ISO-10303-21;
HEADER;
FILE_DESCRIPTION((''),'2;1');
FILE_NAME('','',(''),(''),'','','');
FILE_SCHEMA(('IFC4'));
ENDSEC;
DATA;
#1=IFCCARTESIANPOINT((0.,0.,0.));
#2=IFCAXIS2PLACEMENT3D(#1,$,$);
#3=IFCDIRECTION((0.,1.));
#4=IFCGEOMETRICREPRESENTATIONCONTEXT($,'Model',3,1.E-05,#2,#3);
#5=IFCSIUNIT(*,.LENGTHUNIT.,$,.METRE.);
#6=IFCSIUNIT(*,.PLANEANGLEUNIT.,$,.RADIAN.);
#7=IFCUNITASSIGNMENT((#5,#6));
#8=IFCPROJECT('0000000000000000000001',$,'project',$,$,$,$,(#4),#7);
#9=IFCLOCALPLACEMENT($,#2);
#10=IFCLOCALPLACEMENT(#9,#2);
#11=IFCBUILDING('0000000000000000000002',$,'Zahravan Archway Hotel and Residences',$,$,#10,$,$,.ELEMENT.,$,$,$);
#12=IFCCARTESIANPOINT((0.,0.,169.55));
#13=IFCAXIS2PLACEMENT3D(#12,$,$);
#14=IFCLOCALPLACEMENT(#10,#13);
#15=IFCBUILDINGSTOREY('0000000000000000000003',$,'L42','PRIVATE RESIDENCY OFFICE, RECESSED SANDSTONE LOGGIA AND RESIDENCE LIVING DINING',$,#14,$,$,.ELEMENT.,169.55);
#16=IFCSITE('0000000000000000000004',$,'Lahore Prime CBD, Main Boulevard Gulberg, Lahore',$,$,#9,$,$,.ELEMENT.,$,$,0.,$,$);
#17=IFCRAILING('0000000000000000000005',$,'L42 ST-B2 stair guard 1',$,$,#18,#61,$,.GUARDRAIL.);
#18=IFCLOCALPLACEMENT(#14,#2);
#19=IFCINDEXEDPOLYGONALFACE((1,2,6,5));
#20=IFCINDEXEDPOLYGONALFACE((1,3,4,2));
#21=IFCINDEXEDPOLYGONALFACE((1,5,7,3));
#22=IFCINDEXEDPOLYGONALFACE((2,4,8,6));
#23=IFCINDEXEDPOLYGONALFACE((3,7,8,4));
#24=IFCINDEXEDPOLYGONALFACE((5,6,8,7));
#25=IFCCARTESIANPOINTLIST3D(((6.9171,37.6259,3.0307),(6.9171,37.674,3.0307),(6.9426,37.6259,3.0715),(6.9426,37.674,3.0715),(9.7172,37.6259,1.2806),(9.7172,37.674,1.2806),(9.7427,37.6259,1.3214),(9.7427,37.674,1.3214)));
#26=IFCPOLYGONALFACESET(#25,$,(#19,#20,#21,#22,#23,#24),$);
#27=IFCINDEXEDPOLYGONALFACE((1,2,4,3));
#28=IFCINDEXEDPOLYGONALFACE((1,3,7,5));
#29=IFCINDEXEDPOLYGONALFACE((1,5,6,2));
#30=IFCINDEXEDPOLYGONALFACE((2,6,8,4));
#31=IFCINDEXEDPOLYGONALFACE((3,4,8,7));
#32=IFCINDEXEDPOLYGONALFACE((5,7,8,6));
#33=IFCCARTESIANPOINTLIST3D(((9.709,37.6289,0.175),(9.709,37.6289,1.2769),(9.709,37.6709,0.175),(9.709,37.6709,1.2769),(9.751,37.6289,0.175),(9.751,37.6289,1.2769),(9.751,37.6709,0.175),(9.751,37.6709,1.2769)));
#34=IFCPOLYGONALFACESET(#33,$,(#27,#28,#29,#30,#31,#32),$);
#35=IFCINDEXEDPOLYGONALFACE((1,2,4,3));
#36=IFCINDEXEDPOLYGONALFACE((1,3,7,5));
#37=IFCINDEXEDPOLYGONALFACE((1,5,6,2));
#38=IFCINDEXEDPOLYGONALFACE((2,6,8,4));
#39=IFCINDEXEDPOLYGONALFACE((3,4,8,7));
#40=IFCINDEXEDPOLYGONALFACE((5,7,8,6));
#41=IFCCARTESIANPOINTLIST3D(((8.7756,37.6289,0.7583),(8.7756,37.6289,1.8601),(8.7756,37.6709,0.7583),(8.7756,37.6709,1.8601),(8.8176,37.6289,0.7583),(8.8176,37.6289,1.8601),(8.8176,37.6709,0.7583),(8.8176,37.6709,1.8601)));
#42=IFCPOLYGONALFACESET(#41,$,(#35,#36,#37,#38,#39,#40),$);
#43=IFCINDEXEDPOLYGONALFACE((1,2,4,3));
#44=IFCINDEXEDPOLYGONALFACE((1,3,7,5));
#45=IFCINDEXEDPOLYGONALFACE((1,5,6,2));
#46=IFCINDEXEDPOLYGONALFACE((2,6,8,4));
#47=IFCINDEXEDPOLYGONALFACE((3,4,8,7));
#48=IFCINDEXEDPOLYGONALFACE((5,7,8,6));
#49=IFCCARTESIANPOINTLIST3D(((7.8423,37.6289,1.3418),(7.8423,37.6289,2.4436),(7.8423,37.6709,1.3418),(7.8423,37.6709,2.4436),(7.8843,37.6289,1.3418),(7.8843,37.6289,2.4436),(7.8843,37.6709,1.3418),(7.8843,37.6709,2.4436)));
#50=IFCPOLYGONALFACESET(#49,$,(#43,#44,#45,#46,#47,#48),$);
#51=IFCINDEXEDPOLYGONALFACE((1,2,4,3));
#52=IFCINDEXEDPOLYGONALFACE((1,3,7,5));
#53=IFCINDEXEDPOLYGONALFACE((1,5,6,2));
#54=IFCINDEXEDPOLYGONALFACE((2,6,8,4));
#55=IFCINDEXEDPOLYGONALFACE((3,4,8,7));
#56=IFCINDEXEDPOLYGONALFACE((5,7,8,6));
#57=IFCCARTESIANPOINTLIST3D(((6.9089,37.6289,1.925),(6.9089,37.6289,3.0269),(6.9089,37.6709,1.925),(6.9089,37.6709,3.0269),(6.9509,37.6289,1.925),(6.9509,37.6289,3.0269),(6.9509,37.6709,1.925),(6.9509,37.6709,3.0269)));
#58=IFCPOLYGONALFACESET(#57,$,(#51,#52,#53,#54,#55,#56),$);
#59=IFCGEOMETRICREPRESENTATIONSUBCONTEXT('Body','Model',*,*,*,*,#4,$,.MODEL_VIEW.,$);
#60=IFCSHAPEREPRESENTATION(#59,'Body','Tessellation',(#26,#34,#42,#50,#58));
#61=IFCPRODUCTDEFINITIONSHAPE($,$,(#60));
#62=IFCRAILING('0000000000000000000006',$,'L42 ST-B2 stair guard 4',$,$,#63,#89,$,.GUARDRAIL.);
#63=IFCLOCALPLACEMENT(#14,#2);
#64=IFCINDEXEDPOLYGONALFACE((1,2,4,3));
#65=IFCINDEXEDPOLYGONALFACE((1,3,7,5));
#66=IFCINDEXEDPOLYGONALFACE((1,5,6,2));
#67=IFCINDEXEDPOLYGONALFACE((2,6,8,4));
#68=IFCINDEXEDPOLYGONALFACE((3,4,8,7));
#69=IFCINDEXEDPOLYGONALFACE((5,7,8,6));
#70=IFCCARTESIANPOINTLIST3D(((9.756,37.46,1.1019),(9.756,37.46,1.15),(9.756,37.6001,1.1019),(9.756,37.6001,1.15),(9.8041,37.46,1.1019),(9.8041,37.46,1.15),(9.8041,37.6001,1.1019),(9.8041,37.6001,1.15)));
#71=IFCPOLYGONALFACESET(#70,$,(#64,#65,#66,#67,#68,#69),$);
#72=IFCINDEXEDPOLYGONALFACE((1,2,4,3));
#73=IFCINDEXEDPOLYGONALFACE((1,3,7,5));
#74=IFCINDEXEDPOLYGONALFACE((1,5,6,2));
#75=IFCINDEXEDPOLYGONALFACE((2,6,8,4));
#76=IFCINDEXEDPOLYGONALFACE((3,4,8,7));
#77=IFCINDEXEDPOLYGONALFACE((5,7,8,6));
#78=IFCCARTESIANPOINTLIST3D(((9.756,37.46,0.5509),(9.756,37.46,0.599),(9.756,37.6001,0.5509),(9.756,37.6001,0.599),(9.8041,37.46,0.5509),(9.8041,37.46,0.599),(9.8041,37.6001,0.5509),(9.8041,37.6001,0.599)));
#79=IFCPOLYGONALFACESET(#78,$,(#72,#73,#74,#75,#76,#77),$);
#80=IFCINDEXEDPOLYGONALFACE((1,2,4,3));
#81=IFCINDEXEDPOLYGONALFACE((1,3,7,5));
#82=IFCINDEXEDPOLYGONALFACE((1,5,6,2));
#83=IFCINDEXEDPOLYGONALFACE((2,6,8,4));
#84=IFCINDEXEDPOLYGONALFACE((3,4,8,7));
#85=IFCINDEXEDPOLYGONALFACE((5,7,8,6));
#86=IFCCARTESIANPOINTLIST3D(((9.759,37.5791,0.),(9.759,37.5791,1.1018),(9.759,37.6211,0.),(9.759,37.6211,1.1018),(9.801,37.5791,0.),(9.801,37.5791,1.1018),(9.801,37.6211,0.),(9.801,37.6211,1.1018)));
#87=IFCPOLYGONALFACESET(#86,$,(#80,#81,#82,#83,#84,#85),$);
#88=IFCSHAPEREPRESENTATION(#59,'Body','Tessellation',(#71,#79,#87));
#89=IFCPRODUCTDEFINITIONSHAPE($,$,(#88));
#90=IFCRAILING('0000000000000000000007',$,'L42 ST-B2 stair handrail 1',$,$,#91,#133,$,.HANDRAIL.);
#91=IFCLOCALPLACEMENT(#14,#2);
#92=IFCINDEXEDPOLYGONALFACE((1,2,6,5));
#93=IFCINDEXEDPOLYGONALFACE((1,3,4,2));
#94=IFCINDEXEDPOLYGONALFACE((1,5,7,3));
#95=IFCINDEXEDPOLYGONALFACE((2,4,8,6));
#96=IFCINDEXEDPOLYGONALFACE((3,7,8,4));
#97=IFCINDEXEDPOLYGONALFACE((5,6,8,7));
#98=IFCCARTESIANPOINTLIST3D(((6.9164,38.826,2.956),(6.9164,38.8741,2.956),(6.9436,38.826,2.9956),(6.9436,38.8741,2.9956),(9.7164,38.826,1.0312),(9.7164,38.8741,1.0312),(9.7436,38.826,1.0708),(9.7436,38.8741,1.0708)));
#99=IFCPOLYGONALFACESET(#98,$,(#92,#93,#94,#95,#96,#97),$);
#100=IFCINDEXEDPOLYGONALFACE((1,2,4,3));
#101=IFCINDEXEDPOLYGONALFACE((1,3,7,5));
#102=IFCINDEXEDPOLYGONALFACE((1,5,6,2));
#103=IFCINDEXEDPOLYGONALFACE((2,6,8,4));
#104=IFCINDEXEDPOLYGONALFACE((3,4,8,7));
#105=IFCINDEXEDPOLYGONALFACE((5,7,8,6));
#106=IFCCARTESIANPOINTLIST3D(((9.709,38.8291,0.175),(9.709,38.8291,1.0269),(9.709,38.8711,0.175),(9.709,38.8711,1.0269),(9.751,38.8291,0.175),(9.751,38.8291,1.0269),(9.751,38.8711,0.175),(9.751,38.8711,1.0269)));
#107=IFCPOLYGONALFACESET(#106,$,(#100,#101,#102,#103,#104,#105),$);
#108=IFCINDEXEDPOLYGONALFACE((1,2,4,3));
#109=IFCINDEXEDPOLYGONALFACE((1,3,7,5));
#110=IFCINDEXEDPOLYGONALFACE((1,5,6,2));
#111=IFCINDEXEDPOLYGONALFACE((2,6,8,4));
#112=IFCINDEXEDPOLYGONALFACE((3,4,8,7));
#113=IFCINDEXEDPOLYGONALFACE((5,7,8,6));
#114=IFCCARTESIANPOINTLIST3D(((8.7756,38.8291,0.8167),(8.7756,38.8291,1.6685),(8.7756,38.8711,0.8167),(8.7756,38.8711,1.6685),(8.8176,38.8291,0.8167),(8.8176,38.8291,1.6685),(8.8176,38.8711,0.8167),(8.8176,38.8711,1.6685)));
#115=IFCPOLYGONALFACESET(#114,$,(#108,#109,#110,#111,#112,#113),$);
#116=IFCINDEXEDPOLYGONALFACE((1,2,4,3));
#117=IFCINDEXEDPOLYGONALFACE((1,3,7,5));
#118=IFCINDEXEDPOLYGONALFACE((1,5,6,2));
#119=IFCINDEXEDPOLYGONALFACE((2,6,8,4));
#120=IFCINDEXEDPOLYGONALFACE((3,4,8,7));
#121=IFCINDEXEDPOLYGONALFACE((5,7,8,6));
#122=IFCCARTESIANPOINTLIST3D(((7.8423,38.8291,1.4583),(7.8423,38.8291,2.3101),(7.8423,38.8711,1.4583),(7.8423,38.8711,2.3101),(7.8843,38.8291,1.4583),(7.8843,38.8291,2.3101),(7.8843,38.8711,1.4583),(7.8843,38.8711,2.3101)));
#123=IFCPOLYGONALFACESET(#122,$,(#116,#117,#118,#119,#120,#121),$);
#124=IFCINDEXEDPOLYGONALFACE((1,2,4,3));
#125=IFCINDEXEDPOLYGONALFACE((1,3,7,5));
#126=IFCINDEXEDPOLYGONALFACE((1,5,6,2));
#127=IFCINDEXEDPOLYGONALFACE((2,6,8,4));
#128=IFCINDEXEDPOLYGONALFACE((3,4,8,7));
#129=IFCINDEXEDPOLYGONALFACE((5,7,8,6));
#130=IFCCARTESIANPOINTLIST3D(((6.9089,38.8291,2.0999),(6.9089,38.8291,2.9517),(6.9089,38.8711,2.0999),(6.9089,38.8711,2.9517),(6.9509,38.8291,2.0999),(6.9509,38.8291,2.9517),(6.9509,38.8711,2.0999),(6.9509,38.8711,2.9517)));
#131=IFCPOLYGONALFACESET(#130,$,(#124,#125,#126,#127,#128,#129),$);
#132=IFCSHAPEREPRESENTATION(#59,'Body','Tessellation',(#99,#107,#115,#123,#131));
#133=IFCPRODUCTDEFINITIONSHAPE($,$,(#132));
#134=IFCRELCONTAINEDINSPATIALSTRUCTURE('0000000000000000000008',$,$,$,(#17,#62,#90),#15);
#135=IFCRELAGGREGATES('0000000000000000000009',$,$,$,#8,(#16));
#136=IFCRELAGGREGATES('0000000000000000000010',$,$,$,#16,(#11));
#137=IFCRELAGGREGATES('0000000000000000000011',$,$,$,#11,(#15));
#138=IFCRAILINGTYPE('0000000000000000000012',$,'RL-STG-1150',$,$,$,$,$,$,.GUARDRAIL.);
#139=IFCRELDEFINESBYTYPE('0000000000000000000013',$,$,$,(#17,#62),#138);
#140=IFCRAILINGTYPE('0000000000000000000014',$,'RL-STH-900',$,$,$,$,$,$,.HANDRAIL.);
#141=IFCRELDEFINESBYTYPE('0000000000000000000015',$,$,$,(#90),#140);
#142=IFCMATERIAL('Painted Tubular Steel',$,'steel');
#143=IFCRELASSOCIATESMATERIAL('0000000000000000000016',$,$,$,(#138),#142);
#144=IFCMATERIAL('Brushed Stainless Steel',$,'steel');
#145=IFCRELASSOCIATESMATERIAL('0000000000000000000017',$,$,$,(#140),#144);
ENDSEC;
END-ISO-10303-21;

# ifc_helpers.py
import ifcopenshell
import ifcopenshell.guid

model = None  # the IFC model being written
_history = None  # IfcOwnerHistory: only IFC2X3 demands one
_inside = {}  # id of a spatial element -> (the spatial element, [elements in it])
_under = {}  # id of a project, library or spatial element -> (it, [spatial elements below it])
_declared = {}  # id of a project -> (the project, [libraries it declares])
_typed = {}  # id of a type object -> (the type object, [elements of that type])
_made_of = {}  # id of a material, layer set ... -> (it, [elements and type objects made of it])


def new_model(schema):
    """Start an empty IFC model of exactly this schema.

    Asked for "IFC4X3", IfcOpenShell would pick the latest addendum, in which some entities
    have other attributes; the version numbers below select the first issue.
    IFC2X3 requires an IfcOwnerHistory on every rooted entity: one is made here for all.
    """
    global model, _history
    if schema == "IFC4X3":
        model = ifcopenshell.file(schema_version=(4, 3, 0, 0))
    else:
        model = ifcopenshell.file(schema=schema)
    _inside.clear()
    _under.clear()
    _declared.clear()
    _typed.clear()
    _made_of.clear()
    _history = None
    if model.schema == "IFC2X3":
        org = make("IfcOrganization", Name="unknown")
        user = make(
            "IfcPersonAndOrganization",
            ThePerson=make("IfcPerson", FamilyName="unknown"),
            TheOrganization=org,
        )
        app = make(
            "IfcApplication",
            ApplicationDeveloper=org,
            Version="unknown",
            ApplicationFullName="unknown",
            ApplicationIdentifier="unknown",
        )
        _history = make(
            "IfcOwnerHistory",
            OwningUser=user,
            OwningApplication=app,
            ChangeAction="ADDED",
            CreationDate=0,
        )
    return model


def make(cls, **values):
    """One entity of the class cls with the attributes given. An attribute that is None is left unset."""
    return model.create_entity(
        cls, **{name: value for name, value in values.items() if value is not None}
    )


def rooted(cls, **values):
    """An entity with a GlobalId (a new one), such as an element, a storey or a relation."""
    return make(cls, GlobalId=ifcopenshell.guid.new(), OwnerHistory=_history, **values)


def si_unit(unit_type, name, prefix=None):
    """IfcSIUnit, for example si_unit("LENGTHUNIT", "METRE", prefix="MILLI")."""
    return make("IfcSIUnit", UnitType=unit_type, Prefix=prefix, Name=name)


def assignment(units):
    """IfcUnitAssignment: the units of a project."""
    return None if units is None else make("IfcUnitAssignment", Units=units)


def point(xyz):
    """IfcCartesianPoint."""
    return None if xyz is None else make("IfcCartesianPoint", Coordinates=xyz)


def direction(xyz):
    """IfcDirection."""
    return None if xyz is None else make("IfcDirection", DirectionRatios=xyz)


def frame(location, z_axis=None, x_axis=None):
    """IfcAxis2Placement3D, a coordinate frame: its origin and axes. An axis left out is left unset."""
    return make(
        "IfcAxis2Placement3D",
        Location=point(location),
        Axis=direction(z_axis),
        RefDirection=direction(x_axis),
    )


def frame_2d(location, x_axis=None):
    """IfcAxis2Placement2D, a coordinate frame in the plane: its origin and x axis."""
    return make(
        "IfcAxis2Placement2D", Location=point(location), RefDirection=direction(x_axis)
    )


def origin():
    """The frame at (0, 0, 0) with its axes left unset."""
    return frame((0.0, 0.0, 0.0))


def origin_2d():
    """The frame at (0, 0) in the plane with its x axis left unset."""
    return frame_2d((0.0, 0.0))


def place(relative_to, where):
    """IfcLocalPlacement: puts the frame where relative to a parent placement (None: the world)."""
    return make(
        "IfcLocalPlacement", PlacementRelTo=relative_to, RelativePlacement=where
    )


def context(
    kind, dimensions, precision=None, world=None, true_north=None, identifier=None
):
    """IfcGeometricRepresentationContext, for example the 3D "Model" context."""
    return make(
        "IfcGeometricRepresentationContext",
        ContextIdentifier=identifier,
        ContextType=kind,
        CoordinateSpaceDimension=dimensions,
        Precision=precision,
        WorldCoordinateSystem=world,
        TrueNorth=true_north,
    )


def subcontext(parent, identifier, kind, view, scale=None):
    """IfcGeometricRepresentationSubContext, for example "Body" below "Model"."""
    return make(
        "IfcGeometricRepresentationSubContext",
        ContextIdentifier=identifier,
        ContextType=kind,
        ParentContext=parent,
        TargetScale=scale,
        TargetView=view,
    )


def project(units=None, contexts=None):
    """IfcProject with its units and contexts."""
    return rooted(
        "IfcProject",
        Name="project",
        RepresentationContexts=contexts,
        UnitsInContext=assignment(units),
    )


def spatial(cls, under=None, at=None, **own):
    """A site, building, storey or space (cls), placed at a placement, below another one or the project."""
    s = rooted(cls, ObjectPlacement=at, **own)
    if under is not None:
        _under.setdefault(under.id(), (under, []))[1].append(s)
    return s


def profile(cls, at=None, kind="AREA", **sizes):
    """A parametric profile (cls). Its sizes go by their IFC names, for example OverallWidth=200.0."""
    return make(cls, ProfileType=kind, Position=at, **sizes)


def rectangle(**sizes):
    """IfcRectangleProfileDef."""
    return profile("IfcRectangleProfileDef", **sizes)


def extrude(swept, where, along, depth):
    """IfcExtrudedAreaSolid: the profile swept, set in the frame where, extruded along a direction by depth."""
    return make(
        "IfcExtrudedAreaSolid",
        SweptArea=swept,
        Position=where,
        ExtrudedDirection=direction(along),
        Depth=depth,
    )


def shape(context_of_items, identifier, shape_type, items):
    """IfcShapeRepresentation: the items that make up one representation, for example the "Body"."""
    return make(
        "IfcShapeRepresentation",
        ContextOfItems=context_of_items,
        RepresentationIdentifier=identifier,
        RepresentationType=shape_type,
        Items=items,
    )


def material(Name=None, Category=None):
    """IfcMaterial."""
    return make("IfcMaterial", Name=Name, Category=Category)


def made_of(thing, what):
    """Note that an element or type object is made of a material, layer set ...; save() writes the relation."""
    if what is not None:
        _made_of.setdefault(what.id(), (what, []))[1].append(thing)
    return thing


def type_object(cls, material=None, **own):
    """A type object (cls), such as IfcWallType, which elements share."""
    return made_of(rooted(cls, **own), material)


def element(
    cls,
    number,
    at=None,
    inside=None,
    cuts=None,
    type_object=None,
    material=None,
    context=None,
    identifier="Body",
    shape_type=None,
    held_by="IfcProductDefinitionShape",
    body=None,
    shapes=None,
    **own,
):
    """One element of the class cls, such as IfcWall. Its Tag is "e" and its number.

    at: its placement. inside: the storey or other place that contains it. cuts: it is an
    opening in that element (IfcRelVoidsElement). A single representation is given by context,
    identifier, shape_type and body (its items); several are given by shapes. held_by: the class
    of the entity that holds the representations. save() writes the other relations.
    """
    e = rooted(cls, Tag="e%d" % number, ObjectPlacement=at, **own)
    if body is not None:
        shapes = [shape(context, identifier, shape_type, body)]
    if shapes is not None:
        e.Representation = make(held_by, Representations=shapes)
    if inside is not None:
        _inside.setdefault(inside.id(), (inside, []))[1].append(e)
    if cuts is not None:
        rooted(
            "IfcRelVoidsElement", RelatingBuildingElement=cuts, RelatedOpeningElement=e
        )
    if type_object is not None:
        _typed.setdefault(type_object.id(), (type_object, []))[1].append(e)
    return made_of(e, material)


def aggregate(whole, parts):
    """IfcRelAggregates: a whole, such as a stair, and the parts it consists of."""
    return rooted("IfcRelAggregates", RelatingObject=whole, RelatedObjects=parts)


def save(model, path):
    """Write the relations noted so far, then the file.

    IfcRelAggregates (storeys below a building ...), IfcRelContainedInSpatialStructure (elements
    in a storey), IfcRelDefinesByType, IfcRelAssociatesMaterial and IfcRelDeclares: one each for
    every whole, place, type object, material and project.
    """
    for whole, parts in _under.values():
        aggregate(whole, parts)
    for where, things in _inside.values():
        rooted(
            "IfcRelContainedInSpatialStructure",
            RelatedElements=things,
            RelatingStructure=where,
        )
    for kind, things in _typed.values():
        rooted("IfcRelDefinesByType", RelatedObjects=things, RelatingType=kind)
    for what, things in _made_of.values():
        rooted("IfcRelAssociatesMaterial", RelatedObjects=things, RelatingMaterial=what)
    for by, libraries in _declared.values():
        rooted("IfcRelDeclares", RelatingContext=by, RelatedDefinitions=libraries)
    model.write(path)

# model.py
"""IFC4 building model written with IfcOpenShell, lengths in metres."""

from ifc_helpers import new_model, si_unit, direction, frame, origin, origin_2d, place, context, subcontext, project, spatial, rectangle, extrude, material, type_object, element, save


model = new_model("IFC4")

# Units and contexts
model_context = context("Model", 3, precision=1e-05, world=origin(), true_north=direction((0.0, 1.0)))
body_context = subcontext(model_context, "Body", "Model", "MODEL_VIEW")
ifc_project = project(units=[si_unit("LENGTHUNIT", "METRE"), si_unit("PLANEANGLEUNIT", "RADIAN")], contexts=[model_context])

# Site, building, storey
site_placement = place(None, origin())
site = spatial("IfcSite", under=ifc_project, at=site_placement, Name="Lahore Prime CBD, Main Boulevard Gulberg, Lahore", CompositionType="ELEMENT", RefElevation=0.0)
building_placement = place(site_placement, origin())
building = spatial("IfcBuilding", under=site, at=building_placement, Name="Zahravan Archway Hotel and Residences", CompositionType="ELEMENT")
storey_placement = place(building_placement, frame((0.0, 0.0, 169.55)))
storey = spatial("IfcBuildingStorey", under=building, at=storey_placement, Name="L42", Description="PRIVATE RESIDENCY OFFICE, RECESSED SANDSTONE LOGGIA AND RESIDENCE LIVING DINING", CompositionType="ELEMENT", Elevation=169.55)

# Railings
ifc_material_1 = material(Name="Painted Tubular Steel", Category="steel")
railing_type_1 = type_object("IfcRailingType", Name="RL-STG-1150", PredefinedType="GUARDRAIL", material=ifc_material_1)
railing_1_placement = place(storey_placement, frame((9.73, 37.6499, 0.175)))
element("IfcRailing", 1, at=railing_1_placement, inside=storey, type_object=railing_type_1, Name="L42 ST-B2 stair guard 1", PredefinedType="GUARDRAIL", context=body_context, shape_type="SweptSolid", body=[
    extrude(rectangle(XDim=0.0481, YDim=0.0481, at=origin_2d()), frame((0.0, 0.0, 1.126), z_axis=(-0.848002, 0.0, 0.529992), x_axis=(0.0, -1.0, 0.0)), (0.0, 0.0, 1.0), 3.302),
    extrude(rectangle(XDim=0.042, YDim=0.042, at=origin_2d()), origin(), (0.0, 0.0, 1.0), 1.1018),
    extrude(rectangle(XDim=0.042, YDim=0.042, at=origin_2d()), frame((-0.9333, 0.0, 0.5833)), (0.0, 0.0, 1.0), 1.1018),
    extrude(rectangle(XDim=0.042, YDim=0.042, at=origin_2d()), frame((-1.8667, 0.0, 1.1667)), (0.0, 0.0, 1.0), 1.1018),
    extrude(rectangle(XDim=0.042, YDim=0.042, at=origin_2d()), frame((-2.8, 0.0, 1.75)), (0.0, 0.0, 1.0), 1.1018),
])
railing_2_placement = place(storey_placement, frame((9.78, 37.6001, 0.0)))
element("IfcRailing", 2, at=railing_2_placement, inside=storey, type_object=railing_type_1, Name="L42 ST-B2 stair guard 4", PredefinedType="GUARDRAIL", context=body_context, shape_type="SweptSolid", body=[
    extrude(rectangle(XDim=0.0481, YDim=0.0481, at=origin_2d()), frame((0.0, 0.0, 1.126), z_axis=(0.0, -1.0, 0.0), x_axis=(1.0, 0.0, 0.0)), (0.0, 0.0, 1.0), 0.1401),
    extrude(rectangle(XDim=0.0481, YDim=0.0481, at=origin_2d()), frame((0.0, 0.0, 0.575), z_axis=(0.0, -1.0, 0.0), x_axis=(1.0, 0.0, 0.0)), (0.0, 0.0, 1.0), 0.1401),
    extrude(rectangle(XDim=0.042, YDim=0.042, at=origin_2d()), origin(), (0.0, 0.0, 1.0), 1.1018),
])
ifc_material_2 = material(Name="Brushed Stainless Steel", Category="steel")
railing_type_2 = type_object("IfcRailingType", Name="RL-STH-900", PredefinedType="HANDRAIL", material=ifc_material_2)
railing_3_placement = place(storey_placement, frame((9.73, 38.8501, 0.175)))
element("IfcRailing", 3, at=railing_3_placement, inside=storey, type_object=railing_type_2, Name="L42 ST-B2 stair handrail 1", PredefinedType="HANDRAIL", context=body_context, shape_type="SweptSolid", body=[
    extrude(rectangle(XDim=0.0481, YDim=0.0481, at=origin_2d()), frame((0.0, 0.0, 0.876), z_axis=(-0.824073, 0.0, 0.566483), x_axis=(0.0, -1.0, 0.0)), (0.0, 0.0, 1.0), 3.3977),
    extrude(rectangle(XDim=0.042, YDim=0.042, at=origin_2d()), origin(), (0.0, 0.0, 1.0), 0.8518),
    extrude(rectangle(XDim=0.042, YDim=0.042, at=origin_2d()), frame((-0.9333, 0.0, 0.6416)), (0.0, 0.0, 1.0), 0.8518),
    extrude(rectangle(XDim=0.042, YDim=0.042, at=origin_2d()), frame((-1.8667, 0.0, 1.2832)), (0.0, 0.0, 1.0), 0.8518),
    extrude(rectangle(XDim=0.042, YDim=0.042, at=origin_2d()), frame((-2.8, 0.0, 1.9248)), (0.0, 0.0, 1.0), 0.8518),
])

save(model, "model.ifc")
